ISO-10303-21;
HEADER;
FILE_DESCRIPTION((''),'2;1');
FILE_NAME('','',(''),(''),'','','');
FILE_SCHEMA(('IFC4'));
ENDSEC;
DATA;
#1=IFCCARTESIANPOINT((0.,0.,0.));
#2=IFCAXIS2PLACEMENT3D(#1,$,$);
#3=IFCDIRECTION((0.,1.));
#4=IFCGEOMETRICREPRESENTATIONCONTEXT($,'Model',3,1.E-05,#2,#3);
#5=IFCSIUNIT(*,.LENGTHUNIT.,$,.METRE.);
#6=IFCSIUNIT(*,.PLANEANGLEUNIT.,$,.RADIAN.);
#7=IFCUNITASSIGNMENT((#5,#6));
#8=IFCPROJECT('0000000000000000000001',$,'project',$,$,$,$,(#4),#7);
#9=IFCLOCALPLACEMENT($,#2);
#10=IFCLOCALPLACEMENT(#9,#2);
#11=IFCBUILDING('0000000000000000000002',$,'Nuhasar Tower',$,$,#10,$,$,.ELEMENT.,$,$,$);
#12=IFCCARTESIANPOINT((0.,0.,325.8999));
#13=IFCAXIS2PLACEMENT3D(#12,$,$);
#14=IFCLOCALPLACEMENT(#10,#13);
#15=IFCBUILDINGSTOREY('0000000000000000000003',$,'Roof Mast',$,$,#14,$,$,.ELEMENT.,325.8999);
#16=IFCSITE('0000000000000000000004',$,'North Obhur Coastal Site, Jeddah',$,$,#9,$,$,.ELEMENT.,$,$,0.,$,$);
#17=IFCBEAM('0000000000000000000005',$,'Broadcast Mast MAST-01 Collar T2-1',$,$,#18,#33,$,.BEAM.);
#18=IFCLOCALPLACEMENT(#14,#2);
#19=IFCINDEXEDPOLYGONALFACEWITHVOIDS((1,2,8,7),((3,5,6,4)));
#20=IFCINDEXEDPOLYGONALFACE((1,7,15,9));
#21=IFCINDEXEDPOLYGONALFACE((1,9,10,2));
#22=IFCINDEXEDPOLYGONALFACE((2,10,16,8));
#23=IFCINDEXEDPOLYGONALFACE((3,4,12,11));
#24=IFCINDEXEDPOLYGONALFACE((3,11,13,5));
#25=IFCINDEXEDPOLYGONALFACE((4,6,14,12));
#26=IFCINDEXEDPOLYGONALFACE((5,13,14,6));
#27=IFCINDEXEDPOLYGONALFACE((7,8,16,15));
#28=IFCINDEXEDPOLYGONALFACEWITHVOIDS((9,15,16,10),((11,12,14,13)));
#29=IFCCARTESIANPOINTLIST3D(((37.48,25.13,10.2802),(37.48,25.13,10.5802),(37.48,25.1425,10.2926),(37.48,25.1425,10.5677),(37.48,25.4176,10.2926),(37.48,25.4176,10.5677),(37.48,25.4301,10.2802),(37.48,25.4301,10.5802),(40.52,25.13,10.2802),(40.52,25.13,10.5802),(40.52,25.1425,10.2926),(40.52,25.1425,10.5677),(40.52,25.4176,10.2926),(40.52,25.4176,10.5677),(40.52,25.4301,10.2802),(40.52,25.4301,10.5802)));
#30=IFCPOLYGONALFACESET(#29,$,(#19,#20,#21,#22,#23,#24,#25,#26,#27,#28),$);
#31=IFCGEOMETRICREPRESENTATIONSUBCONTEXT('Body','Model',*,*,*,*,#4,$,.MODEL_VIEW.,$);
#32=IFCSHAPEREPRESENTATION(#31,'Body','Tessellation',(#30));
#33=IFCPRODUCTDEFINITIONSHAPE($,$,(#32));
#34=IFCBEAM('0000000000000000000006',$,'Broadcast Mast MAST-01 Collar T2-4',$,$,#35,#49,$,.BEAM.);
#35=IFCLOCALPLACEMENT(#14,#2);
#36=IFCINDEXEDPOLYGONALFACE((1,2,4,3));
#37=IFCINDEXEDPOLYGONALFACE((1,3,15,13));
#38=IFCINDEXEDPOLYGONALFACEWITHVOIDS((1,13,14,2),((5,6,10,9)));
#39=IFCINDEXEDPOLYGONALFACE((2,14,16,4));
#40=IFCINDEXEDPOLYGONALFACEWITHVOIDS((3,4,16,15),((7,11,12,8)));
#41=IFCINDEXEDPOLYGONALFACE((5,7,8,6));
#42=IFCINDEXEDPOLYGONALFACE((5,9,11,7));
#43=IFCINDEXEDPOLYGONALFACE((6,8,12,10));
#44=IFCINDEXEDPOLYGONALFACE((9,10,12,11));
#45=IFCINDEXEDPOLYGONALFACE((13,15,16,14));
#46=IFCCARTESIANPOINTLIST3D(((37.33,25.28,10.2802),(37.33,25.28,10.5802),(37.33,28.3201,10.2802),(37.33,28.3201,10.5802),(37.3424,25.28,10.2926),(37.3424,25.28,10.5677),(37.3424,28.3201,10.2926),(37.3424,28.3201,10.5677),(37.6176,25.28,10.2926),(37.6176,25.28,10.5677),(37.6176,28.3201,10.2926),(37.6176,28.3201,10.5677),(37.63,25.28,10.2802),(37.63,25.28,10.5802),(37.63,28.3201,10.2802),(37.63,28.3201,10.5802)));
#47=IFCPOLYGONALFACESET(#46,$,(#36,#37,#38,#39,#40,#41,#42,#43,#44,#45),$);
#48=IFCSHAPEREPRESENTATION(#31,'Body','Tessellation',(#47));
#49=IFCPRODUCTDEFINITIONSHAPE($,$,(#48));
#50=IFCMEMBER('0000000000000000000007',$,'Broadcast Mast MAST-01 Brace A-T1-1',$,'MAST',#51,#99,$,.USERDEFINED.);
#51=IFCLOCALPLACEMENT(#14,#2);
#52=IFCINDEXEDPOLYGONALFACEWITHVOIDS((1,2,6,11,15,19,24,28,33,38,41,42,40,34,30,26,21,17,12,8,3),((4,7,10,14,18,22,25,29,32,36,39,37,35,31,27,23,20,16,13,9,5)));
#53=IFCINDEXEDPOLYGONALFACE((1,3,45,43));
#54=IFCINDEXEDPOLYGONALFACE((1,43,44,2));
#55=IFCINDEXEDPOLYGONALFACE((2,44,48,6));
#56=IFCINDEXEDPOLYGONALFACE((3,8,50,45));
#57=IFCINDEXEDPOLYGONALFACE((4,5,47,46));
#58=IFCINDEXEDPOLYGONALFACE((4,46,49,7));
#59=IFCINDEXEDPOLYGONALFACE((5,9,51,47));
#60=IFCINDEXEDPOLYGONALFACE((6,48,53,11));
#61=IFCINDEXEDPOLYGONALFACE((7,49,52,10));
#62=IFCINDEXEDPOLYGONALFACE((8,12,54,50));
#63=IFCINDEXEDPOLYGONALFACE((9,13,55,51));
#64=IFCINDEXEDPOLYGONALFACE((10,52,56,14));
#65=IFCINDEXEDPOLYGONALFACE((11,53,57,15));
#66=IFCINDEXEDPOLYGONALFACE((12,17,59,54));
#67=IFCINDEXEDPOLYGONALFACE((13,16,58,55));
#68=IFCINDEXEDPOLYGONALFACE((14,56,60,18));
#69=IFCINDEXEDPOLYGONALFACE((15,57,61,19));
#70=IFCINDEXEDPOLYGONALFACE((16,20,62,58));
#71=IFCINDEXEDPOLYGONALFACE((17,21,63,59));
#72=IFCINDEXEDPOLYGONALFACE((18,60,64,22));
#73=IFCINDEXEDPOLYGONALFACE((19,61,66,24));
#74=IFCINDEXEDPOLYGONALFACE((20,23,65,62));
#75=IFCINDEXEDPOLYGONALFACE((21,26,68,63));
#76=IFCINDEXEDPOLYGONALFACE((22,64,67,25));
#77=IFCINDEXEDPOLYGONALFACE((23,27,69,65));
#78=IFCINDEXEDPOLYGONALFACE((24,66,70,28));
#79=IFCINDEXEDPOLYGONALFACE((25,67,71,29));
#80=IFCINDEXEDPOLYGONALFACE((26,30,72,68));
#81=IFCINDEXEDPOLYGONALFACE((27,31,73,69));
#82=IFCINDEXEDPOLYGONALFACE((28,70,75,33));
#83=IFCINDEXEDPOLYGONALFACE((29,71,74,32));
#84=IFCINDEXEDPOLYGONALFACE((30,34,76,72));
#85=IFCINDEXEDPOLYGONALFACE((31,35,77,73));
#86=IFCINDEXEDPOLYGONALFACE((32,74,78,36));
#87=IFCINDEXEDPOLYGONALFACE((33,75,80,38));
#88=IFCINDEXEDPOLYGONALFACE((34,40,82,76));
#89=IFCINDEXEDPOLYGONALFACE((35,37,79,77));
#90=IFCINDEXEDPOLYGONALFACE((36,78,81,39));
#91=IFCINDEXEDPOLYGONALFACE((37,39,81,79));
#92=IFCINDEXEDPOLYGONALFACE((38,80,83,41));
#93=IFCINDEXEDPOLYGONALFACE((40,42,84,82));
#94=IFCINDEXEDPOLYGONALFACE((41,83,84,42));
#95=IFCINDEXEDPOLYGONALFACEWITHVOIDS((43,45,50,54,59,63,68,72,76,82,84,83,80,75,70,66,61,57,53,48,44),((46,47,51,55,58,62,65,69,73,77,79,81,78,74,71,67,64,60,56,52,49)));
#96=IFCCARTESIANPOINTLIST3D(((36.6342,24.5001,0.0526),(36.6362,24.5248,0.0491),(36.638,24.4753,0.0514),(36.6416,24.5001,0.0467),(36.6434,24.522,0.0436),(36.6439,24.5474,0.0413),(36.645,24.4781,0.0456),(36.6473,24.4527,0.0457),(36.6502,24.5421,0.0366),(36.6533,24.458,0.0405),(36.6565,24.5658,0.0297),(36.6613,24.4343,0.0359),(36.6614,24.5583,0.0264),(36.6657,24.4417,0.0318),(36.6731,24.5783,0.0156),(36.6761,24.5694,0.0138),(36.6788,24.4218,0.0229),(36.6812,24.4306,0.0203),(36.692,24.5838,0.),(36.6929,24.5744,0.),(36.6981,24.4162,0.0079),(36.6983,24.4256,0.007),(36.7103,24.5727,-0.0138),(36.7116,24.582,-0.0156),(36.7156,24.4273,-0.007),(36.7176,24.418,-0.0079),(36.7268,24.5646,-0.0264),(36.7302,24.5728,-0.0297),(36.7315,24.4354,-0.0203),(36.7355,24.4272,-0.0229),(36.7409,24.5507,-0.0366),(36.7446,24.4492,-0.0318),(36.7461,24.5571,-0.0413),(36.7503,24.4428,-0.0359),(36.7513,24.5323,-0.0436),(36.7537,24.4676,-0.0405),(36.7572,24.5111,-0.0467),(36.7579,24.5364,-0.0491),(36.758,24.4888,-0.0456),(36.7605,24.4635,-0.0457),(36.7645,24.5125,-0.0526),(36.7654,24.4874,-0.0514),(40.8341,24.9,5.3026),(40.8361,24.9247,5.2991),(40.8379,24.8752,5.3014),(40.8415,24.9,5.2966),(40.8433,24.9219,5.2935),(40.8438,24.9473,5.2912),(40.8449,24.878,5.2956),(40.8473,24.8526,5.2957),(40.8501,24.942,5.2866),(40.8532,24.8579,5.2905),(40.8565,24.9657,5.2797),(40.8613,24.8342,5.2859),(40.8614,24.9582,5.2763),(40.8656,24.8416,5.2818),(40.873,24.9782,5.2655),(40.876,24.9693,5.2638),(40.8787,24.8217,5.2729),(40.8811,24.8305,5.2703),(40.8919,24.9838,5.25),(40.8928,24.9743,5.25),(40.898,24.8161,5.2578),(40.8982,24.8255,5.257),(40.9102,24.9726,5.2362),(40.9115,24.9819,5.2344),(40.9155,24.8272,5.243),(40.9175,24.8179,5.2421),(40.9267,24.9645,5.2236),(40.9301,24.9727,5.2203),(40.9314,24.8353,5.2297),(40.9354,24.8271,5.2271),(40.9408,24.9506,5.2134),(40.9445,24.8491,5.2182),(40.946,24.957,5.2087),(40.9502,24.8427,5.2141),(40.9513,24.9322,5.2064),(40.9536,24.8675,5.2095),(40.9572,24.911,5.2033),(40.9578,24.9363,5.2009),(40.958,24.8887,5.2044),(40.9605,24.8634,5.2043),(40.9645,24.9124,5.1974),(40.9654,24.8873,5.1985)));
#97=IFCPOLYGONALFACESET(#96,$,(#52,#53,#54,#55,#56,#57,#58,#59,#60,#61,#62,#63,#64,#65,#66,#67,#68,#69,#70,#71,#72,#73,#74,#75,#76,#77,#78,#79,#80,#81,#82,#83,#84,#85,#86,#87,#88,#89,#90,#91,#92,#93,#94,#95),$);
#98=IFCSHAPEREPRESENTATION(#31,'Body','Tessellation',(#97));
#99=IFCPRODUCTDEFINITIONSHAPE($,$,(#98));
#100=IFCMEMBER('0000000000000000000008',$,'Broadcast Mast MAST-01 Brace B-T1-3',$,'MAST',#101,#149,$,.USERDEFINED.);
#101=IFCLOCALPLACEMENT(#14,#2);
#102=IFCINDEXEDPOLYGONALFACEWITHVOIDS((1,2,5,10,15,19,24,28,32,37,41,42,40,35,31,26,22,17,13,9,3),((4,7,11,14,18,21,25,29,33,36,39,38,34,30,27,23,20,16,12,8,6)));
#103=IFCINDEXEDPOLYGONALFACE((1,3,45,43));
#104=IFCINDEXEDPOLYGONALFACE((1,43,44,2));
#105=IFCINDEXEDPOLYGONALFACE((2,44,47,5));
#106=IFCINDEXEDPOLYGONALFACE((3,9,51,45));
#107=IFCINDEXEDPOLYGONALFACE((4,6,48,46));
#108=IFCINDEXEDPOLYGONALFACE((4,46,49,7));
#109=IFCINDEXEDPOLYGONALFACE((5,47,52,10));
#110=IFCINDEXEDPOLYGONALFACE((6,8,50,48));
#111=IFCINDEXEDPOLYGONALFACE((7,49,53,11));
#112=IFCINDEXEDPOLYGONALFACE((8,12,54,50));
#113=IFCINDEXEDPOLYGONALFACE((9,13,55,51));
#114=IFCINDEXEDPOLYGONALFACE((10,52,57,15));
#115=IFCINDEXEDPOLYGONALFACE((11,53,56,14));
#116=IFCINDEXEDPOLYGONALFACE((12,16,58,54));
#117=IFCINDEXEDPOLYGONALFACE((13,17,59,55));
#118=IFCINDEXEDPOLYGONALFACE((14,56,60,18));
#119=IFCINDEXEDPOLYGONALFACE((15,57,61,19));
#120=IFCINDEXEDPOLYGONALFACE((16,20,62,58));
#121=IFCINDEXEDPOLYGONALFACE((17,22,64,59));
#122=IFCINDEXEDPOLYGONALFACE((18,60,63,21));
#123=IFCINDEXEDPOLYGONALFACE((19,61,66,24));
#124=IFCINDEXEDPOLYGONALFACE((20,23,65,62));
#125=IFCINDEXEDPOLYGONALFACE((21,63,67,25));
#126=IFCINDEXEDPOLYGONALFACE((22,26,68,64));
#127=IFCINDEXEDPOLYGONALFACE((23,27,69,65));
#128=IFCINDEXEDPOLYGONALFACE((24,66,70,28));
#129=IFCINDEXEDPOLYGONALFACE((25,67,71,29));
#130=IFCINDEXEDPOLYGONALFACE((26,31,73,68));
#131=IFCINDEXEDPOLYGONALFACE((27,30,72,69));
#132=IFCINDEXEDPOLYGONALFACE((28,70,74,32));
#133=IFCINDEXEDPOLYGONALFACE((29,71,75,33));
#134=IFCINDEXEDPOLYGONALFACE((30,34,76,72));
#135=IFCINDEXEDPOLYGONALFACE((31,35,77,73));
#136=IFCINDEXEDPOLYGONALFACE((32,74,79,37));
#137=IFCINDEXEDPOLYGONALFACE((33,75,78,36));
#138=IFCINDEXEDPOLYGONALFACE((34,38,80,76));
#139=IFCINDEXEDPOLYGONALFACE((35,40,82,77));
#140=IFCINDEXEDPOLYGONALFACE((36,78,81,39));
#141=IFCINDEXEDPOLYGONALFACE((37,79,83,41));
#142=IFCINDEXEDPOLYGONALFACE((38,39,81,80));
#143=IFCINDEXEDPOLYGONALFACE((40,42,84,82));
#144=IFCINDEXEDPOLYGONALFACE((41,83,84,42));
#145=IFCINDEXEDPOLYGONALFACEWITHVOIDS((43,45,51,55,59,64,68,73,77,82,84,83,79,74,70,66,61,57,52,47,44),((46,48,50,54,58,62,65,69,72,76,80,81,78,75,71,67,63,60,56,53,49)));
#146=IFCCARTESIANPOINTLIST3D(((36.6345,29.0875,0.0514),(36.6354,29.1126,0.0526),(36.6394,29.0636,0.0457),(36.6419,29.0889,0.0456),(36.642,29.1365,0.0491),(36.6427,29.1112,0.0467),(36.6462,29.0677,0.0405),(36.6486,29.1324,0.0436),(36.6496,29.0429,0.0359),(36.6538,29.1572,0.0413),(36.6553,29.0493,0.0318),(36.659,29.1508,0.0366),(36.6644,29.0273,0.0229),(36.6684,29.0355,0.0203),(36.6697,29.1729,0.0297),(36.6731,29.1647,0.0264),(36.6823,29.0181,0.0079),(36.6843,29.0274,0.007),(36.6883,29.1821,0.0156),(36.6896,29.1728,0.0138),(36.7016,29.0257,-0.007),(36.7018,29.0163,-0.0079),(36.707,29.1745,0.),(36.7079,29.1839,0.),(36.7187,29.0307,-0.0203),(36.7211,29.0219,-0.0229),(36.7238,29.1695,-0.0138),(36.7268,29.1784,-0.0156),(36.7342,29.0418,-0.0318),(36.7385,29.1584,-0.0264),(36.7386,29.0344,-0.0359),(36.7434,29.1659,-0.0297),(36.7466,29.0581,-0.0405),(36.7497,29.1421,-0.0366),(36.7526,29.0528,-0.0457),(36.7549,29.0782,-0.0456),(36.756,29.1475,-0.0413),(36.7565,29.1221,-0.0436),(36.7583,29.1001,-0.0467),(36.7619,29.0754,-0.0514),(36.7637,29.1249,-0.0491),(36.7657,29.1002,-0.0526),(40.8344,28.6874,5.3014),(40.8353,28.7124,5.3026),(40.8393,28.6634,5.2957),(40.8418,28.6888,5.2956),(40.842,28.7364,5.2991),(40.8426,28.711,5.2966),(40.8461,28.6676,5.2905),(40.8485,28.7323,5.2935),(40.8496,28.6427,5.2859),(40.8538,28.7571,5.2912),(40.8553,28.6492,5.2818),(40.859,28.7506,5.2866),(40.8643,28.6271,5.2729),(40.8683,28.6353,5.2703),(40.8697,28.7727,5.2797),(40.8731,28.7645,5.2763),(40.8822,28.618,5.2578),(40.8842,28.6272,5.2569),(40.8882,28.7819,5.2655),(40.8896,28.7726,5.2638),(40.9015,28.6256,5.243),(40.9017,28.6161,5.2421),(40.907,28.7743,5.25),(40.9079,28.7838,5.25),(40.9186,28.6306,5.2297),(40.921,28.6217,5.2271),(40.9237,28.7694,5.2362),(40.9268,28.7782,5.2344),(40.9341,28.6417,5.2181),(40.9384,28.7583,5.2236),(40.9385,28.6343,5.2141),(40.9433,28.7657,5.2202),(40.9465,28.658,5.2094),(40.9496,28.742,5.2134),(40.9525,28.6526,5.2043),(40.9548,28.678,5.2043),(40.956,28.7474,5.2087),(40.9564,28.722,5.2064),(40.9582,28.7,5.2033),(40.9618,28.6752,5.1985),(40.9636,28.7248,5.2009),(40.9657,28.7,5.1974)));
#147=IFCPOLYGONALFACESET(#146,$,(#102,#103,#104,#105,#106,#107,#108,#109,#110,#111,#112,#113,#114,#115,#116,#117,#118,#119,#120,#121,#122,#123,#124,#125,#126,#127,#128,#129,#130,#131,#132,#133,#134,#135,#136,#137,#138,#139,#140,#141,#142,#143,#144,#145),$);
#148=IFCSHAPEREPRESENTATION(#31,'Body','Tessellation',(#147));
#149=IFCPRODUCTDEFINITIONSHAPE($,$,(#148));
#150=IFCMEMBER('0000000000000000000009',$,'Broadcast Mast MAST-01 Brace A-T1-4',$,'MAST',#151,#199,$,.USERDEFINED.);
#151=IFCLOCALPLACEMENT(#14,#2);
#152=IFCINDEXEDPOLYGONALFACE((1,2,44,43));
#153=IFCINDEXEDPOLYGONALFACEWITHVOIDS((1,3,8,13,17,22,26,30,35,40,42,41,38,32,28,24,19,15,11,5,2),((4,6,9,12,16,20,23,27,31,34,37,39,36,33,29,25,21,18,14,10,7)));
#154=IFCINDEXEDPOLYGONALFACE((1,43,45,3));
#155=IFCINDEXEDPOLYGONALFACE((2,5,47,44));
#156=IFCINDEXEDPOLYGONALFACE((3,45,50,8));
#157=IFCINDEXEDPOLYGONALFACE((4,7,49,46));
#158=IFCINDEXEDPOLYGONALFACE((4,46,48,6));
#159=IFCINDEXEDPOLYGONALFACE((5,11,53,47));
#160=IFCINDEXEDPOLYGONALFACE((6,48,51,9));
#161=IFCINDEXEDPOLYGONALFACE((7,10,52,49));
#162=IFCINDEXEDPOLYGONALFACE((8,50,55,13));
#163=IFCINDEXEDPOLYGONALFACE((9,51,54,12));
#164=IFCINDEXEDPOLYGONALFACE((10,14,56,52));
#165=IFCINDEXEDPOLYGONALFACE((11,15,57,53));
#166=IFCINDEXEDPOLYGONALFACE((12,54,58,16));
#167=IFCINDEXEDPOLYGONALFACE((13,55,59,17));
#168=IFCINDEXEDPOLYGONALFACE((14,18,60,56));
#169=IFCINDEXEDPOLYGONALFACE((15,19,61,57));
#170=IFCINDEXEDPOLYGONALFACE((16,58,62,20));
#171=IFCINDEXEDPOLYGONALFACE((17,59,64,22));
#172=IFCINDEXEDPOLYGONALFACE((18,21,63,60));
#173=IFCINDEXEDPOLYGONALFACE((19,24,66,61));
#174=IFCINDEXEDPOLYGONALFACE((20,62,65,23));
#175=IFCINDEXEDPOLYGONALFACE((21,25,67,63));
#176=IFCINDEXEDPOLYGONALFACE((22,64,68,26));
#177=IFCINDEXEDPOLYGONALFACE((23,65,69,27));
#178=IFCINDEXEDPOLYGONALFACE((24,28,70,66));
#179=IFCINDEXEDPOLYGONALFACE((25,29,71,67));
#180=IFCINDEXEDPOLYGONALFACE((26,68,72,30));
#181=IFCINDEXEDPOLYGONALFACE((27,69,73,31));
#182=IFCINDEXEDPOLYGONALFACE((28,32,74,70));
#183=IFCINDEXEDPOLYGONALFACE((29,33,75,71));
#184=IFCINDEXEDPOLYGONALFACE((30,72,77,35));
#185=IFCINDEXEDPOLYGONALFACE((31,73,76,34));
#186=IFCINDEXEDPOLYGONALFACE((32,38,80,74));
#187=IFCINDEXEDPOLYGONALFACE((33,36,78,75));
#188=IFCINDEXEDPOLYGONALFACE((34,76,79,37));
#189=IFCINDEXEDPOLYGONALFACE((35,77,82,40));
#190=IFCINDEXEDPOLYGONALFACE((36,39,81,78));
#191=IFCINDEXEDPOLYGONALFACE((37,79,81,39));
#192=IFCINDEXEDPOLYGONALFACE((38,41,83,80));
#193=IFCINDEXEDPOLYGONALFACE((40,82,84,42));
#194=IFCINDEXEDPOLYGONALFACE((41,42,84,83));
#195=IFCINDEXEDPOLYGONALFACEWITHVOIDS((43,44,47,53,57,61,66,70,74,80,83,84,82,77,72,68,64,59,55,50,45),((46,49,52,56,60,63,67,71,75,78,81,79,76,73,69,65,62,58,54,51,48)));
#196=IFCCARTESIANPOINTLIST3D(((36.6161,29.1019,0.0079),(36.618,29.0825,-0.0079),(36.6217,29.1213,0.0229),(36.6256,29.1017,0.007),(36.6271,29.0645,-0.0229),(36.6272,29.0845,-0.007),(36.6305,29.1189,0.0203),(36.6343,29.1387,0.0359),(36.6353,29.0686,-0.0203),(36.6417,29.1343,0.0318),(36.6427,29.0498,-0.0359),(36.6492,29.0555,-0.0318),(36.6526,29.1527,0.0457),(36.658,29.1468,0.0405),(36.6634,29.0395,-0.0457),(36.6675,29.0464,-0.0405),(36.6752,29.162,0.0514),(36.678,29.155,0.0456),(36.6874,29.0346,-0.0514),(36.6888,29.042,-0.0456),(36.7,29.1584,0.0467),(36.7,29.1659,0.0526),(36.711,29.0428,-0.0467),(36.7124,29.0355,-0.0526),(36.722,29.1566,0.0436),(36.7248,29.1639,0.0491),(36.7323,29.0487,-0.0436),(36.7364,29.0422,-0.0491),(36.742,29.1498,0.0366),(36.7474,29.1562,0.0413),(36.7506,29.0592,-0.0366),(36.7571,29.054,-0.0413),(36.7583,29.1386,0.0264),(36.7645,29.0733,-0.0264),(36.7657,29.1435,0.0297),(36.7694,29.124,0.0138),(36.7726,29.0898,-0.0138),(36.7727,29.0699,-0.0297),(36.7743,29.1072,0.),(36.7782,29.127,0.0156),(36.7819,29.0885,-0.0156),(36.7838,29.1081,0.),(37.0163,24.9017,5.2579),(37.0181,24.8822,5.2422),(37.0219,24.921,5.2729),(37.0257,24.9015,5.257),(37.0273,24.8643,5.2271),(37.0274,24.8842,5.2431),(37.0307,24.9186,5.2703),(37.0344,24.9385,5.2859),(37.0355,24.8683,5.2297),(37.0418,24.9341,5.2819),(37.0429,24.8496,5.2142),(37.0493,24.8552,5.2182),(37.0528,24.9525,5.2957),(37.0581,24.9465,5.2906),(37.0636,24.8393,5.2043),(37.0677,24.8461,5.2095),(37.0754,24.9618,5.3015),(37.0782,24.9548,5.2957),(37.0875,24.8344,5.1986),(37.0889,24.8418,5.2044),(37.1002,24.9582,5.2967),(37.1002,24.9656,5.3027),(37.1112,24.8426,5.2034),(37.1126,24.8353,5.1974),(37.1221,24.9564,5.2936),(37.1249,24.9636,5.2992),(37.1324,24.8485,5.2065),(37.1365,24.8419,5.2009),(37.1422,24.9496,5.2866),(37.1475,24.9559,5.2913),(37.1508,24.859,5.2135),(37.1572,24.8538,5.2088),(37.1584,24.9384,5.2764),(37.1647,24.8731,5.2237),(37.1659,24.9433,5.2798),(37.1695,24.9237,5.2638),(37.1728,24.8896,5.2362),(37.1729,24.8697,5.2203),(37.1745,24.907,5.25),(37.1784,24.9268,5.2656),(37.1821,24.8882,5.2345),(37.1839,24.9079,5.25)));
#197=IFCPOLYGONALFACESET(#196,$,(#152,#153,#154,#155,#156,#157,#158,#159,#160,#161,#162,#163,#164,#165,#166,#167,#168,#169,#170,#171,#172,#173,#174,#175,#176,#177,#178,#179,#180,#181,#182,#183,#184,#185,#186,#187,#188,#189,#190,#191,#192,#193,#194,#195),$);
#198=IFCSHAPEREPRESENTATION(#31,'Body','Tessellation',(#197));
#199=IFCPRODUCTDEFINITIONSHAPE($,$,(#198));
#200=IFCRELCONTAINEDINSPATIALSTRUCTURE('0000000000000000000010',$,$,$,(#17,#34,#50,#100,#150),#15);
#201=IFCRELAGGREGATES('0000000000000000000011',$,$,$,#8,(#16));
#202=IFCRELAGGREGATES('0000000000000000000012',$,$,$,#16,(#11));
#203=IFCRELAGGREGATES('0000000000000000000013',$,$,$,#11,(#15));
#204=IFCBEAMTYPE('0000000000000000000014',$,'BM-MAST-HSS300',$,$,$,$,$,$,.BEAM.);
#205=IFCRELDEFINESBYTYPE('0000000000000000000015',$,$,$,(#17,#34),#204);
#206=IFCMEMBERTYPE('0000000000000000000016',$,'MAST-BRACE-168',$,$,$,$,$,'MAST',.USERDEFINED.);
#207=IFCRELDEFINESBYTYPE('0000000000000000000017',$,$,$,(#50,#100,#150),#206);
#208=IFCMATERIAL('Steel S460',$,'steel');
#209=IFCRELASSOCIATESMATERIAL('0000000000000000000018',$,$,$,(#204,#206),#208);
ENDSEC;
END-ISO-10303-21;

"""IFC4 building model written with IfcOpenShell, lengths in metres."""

from ifc_helpers import new_model, si_unit, direction, frame, origin, origin_2d, place, context, subcontext, project, spatial, hollow_rectangle, hollow_circle, extrude, material, material_profile, profile_set, type_object, element, save


model = new_model("IFC4")

# Units and contexts
model_context = context("Model", 3, precision=1e-05, world=origin(), true_north=direction((0.0, 1.0)))
body_context = subcontext(model_context, "Body", "Model", "MODEL_VIEW")
ifc_project = project(units=[si_unit("LENGTHUNIT", "METRE"), si_unit("PLANEANGLEUNIT", "RADIAN")], contexts=[model_context])

# Site, building, storey
site_placement = place(None, origin())
site = spatial("IfcSite", under=ifc_project, at=site_placement, Name="North Obhur Coastal Site, Jeddah", CompositionType="ELEMENT", RefElevation=0.0)
building_placement = place(site_placement, origin())
building = spatial("IfcBuilding", under=site, at=building_placement, Name="Nuhasar Tower", CompositionType="ELEMENT")
storey_placement = place(building_placement, frame((0.0, 0.0, 325.8999)))
storey = spatial("IfcBuildingStorey", under=building, at=storey_placement, Name="Roof Mast", CompositionType="ELEMENT", Elevation=325.8999)

# Shared definitions
ifc_material_1 = material(Name="Steel S460", Category="steel")

# Beams
ifc_material_profile_1 = material_profile(ifc_material_1, hollow_rectangle(XDim=0.3, YDim=0.3, WallThickness=0.0125, at=origin_2d()), Name="HSS300X300X12.5")
ifc_profile_set_1 = profile_set([ifc_material_profile_1], Name="Steel S460")
beam_type = type_object("IfcBeamType", Name="BM-MAST-HSS300", PredefinedType="BEAM", material=ifc_profile_set_1)
for number, where, z_axis, x_axis, name in (
    (1, (37.48, 25.28, 10.4302), (1.0, 0.0, 0.0), (0.0, 1.0, 0.0), "Broadcast Mast MAST-01 Collar T2-1"),
    (2, (37.48, 28.3201, 10.4302), (0.0, -1.0, 0.0), (1.0, 0.0, 0.0), "Broadcast Mast MAST-01 Collar T2-4"),
):
    element("IfcBeam", number, at=place(storey_placement, frame(where, z_axis=z_axis, x_axis=x_axis)), inside=storey, type_object=beam_type, Name=name, PredefinedType="BEAM", context=body_context, shape_type="SweptSolid", body=[
        extrude(hollow_rectangle(XDim=0.3, YDim=0.3, WallThickness=0.0125, at=origin_2d()), origin(), (0.0, 0.0, 1.0), 3.04),
    ])

# Members
ifc_material_profile_2 = material_profile(ifc_material_1, hollow_circle(Radius=0.0842, WallThickness=0.0095, at=origin_2d()), Name="HSS168.3X9.5")
ifc_profile_set_2 = profile_set([ifc_material_profile_2], Name="Steel S460")
member_type = type_object("IfcMemberType", Name="MAST-BRACE-168", ElementType="MAST", PredefinedType="USERDEFINED", material=ifc_profile_set_2)
for number, where, z_axis, x_axis, name in (
    (3, (36.7, 24.5, 0.0), (0.623588, 0.059376, 0.779495), (-0.094787, 0.995498, 0.0), "Broadcast Mast MAST-01 Brace A-T1-1"),
    (4, (36.7, 29.1001, 0.0), (0.623587, -0.059412, 0.779493), (0.094845, 0.995492, 0.0), "Broadcast Mast MAST-01 Brace B-T1-3"),
):
    element("IfcMember", number, at=place(storey_placement, frame(where, z_axis=z_axis, x_axis=x_axis)), inside=storey, type_object=member_type, Name=name, ObjectType="MAST", PredefinedType="USERDEFINED", context=body_context, shape_type="SweptSolid", body=[
        extrude(hollow_circle(Radius=0.0842, WallThickness=0.0095, at=origin_2d()), origin(), (0.0, 0.0, 1.0), 6.7351),
    ])
member_1_placement = place(storey_placement, frame((36.7, 29.1001, 0.0), z_axis=(0.05941, -0.623609, 0.779475), x_axis=(0.995493, 0.094839, 0.0)))
element("IfcMember", 5, at=member_1_placement, inside=storey, type_object=member_type, Name="Broadcast Mast MAST-01 Brace A-T1-4", ObjectType="MAST", PredefinedType="USERDEFINED", context=body_context, shape_type="SweptSolid", body=[
    extrude(hollow_circle(Radius=0.0842, WallThickness=0.0095, at=origin_2d()), origin(), (0.0, 0.0, 1.0), 6.7354),
])

save(model, "model.ifc")
